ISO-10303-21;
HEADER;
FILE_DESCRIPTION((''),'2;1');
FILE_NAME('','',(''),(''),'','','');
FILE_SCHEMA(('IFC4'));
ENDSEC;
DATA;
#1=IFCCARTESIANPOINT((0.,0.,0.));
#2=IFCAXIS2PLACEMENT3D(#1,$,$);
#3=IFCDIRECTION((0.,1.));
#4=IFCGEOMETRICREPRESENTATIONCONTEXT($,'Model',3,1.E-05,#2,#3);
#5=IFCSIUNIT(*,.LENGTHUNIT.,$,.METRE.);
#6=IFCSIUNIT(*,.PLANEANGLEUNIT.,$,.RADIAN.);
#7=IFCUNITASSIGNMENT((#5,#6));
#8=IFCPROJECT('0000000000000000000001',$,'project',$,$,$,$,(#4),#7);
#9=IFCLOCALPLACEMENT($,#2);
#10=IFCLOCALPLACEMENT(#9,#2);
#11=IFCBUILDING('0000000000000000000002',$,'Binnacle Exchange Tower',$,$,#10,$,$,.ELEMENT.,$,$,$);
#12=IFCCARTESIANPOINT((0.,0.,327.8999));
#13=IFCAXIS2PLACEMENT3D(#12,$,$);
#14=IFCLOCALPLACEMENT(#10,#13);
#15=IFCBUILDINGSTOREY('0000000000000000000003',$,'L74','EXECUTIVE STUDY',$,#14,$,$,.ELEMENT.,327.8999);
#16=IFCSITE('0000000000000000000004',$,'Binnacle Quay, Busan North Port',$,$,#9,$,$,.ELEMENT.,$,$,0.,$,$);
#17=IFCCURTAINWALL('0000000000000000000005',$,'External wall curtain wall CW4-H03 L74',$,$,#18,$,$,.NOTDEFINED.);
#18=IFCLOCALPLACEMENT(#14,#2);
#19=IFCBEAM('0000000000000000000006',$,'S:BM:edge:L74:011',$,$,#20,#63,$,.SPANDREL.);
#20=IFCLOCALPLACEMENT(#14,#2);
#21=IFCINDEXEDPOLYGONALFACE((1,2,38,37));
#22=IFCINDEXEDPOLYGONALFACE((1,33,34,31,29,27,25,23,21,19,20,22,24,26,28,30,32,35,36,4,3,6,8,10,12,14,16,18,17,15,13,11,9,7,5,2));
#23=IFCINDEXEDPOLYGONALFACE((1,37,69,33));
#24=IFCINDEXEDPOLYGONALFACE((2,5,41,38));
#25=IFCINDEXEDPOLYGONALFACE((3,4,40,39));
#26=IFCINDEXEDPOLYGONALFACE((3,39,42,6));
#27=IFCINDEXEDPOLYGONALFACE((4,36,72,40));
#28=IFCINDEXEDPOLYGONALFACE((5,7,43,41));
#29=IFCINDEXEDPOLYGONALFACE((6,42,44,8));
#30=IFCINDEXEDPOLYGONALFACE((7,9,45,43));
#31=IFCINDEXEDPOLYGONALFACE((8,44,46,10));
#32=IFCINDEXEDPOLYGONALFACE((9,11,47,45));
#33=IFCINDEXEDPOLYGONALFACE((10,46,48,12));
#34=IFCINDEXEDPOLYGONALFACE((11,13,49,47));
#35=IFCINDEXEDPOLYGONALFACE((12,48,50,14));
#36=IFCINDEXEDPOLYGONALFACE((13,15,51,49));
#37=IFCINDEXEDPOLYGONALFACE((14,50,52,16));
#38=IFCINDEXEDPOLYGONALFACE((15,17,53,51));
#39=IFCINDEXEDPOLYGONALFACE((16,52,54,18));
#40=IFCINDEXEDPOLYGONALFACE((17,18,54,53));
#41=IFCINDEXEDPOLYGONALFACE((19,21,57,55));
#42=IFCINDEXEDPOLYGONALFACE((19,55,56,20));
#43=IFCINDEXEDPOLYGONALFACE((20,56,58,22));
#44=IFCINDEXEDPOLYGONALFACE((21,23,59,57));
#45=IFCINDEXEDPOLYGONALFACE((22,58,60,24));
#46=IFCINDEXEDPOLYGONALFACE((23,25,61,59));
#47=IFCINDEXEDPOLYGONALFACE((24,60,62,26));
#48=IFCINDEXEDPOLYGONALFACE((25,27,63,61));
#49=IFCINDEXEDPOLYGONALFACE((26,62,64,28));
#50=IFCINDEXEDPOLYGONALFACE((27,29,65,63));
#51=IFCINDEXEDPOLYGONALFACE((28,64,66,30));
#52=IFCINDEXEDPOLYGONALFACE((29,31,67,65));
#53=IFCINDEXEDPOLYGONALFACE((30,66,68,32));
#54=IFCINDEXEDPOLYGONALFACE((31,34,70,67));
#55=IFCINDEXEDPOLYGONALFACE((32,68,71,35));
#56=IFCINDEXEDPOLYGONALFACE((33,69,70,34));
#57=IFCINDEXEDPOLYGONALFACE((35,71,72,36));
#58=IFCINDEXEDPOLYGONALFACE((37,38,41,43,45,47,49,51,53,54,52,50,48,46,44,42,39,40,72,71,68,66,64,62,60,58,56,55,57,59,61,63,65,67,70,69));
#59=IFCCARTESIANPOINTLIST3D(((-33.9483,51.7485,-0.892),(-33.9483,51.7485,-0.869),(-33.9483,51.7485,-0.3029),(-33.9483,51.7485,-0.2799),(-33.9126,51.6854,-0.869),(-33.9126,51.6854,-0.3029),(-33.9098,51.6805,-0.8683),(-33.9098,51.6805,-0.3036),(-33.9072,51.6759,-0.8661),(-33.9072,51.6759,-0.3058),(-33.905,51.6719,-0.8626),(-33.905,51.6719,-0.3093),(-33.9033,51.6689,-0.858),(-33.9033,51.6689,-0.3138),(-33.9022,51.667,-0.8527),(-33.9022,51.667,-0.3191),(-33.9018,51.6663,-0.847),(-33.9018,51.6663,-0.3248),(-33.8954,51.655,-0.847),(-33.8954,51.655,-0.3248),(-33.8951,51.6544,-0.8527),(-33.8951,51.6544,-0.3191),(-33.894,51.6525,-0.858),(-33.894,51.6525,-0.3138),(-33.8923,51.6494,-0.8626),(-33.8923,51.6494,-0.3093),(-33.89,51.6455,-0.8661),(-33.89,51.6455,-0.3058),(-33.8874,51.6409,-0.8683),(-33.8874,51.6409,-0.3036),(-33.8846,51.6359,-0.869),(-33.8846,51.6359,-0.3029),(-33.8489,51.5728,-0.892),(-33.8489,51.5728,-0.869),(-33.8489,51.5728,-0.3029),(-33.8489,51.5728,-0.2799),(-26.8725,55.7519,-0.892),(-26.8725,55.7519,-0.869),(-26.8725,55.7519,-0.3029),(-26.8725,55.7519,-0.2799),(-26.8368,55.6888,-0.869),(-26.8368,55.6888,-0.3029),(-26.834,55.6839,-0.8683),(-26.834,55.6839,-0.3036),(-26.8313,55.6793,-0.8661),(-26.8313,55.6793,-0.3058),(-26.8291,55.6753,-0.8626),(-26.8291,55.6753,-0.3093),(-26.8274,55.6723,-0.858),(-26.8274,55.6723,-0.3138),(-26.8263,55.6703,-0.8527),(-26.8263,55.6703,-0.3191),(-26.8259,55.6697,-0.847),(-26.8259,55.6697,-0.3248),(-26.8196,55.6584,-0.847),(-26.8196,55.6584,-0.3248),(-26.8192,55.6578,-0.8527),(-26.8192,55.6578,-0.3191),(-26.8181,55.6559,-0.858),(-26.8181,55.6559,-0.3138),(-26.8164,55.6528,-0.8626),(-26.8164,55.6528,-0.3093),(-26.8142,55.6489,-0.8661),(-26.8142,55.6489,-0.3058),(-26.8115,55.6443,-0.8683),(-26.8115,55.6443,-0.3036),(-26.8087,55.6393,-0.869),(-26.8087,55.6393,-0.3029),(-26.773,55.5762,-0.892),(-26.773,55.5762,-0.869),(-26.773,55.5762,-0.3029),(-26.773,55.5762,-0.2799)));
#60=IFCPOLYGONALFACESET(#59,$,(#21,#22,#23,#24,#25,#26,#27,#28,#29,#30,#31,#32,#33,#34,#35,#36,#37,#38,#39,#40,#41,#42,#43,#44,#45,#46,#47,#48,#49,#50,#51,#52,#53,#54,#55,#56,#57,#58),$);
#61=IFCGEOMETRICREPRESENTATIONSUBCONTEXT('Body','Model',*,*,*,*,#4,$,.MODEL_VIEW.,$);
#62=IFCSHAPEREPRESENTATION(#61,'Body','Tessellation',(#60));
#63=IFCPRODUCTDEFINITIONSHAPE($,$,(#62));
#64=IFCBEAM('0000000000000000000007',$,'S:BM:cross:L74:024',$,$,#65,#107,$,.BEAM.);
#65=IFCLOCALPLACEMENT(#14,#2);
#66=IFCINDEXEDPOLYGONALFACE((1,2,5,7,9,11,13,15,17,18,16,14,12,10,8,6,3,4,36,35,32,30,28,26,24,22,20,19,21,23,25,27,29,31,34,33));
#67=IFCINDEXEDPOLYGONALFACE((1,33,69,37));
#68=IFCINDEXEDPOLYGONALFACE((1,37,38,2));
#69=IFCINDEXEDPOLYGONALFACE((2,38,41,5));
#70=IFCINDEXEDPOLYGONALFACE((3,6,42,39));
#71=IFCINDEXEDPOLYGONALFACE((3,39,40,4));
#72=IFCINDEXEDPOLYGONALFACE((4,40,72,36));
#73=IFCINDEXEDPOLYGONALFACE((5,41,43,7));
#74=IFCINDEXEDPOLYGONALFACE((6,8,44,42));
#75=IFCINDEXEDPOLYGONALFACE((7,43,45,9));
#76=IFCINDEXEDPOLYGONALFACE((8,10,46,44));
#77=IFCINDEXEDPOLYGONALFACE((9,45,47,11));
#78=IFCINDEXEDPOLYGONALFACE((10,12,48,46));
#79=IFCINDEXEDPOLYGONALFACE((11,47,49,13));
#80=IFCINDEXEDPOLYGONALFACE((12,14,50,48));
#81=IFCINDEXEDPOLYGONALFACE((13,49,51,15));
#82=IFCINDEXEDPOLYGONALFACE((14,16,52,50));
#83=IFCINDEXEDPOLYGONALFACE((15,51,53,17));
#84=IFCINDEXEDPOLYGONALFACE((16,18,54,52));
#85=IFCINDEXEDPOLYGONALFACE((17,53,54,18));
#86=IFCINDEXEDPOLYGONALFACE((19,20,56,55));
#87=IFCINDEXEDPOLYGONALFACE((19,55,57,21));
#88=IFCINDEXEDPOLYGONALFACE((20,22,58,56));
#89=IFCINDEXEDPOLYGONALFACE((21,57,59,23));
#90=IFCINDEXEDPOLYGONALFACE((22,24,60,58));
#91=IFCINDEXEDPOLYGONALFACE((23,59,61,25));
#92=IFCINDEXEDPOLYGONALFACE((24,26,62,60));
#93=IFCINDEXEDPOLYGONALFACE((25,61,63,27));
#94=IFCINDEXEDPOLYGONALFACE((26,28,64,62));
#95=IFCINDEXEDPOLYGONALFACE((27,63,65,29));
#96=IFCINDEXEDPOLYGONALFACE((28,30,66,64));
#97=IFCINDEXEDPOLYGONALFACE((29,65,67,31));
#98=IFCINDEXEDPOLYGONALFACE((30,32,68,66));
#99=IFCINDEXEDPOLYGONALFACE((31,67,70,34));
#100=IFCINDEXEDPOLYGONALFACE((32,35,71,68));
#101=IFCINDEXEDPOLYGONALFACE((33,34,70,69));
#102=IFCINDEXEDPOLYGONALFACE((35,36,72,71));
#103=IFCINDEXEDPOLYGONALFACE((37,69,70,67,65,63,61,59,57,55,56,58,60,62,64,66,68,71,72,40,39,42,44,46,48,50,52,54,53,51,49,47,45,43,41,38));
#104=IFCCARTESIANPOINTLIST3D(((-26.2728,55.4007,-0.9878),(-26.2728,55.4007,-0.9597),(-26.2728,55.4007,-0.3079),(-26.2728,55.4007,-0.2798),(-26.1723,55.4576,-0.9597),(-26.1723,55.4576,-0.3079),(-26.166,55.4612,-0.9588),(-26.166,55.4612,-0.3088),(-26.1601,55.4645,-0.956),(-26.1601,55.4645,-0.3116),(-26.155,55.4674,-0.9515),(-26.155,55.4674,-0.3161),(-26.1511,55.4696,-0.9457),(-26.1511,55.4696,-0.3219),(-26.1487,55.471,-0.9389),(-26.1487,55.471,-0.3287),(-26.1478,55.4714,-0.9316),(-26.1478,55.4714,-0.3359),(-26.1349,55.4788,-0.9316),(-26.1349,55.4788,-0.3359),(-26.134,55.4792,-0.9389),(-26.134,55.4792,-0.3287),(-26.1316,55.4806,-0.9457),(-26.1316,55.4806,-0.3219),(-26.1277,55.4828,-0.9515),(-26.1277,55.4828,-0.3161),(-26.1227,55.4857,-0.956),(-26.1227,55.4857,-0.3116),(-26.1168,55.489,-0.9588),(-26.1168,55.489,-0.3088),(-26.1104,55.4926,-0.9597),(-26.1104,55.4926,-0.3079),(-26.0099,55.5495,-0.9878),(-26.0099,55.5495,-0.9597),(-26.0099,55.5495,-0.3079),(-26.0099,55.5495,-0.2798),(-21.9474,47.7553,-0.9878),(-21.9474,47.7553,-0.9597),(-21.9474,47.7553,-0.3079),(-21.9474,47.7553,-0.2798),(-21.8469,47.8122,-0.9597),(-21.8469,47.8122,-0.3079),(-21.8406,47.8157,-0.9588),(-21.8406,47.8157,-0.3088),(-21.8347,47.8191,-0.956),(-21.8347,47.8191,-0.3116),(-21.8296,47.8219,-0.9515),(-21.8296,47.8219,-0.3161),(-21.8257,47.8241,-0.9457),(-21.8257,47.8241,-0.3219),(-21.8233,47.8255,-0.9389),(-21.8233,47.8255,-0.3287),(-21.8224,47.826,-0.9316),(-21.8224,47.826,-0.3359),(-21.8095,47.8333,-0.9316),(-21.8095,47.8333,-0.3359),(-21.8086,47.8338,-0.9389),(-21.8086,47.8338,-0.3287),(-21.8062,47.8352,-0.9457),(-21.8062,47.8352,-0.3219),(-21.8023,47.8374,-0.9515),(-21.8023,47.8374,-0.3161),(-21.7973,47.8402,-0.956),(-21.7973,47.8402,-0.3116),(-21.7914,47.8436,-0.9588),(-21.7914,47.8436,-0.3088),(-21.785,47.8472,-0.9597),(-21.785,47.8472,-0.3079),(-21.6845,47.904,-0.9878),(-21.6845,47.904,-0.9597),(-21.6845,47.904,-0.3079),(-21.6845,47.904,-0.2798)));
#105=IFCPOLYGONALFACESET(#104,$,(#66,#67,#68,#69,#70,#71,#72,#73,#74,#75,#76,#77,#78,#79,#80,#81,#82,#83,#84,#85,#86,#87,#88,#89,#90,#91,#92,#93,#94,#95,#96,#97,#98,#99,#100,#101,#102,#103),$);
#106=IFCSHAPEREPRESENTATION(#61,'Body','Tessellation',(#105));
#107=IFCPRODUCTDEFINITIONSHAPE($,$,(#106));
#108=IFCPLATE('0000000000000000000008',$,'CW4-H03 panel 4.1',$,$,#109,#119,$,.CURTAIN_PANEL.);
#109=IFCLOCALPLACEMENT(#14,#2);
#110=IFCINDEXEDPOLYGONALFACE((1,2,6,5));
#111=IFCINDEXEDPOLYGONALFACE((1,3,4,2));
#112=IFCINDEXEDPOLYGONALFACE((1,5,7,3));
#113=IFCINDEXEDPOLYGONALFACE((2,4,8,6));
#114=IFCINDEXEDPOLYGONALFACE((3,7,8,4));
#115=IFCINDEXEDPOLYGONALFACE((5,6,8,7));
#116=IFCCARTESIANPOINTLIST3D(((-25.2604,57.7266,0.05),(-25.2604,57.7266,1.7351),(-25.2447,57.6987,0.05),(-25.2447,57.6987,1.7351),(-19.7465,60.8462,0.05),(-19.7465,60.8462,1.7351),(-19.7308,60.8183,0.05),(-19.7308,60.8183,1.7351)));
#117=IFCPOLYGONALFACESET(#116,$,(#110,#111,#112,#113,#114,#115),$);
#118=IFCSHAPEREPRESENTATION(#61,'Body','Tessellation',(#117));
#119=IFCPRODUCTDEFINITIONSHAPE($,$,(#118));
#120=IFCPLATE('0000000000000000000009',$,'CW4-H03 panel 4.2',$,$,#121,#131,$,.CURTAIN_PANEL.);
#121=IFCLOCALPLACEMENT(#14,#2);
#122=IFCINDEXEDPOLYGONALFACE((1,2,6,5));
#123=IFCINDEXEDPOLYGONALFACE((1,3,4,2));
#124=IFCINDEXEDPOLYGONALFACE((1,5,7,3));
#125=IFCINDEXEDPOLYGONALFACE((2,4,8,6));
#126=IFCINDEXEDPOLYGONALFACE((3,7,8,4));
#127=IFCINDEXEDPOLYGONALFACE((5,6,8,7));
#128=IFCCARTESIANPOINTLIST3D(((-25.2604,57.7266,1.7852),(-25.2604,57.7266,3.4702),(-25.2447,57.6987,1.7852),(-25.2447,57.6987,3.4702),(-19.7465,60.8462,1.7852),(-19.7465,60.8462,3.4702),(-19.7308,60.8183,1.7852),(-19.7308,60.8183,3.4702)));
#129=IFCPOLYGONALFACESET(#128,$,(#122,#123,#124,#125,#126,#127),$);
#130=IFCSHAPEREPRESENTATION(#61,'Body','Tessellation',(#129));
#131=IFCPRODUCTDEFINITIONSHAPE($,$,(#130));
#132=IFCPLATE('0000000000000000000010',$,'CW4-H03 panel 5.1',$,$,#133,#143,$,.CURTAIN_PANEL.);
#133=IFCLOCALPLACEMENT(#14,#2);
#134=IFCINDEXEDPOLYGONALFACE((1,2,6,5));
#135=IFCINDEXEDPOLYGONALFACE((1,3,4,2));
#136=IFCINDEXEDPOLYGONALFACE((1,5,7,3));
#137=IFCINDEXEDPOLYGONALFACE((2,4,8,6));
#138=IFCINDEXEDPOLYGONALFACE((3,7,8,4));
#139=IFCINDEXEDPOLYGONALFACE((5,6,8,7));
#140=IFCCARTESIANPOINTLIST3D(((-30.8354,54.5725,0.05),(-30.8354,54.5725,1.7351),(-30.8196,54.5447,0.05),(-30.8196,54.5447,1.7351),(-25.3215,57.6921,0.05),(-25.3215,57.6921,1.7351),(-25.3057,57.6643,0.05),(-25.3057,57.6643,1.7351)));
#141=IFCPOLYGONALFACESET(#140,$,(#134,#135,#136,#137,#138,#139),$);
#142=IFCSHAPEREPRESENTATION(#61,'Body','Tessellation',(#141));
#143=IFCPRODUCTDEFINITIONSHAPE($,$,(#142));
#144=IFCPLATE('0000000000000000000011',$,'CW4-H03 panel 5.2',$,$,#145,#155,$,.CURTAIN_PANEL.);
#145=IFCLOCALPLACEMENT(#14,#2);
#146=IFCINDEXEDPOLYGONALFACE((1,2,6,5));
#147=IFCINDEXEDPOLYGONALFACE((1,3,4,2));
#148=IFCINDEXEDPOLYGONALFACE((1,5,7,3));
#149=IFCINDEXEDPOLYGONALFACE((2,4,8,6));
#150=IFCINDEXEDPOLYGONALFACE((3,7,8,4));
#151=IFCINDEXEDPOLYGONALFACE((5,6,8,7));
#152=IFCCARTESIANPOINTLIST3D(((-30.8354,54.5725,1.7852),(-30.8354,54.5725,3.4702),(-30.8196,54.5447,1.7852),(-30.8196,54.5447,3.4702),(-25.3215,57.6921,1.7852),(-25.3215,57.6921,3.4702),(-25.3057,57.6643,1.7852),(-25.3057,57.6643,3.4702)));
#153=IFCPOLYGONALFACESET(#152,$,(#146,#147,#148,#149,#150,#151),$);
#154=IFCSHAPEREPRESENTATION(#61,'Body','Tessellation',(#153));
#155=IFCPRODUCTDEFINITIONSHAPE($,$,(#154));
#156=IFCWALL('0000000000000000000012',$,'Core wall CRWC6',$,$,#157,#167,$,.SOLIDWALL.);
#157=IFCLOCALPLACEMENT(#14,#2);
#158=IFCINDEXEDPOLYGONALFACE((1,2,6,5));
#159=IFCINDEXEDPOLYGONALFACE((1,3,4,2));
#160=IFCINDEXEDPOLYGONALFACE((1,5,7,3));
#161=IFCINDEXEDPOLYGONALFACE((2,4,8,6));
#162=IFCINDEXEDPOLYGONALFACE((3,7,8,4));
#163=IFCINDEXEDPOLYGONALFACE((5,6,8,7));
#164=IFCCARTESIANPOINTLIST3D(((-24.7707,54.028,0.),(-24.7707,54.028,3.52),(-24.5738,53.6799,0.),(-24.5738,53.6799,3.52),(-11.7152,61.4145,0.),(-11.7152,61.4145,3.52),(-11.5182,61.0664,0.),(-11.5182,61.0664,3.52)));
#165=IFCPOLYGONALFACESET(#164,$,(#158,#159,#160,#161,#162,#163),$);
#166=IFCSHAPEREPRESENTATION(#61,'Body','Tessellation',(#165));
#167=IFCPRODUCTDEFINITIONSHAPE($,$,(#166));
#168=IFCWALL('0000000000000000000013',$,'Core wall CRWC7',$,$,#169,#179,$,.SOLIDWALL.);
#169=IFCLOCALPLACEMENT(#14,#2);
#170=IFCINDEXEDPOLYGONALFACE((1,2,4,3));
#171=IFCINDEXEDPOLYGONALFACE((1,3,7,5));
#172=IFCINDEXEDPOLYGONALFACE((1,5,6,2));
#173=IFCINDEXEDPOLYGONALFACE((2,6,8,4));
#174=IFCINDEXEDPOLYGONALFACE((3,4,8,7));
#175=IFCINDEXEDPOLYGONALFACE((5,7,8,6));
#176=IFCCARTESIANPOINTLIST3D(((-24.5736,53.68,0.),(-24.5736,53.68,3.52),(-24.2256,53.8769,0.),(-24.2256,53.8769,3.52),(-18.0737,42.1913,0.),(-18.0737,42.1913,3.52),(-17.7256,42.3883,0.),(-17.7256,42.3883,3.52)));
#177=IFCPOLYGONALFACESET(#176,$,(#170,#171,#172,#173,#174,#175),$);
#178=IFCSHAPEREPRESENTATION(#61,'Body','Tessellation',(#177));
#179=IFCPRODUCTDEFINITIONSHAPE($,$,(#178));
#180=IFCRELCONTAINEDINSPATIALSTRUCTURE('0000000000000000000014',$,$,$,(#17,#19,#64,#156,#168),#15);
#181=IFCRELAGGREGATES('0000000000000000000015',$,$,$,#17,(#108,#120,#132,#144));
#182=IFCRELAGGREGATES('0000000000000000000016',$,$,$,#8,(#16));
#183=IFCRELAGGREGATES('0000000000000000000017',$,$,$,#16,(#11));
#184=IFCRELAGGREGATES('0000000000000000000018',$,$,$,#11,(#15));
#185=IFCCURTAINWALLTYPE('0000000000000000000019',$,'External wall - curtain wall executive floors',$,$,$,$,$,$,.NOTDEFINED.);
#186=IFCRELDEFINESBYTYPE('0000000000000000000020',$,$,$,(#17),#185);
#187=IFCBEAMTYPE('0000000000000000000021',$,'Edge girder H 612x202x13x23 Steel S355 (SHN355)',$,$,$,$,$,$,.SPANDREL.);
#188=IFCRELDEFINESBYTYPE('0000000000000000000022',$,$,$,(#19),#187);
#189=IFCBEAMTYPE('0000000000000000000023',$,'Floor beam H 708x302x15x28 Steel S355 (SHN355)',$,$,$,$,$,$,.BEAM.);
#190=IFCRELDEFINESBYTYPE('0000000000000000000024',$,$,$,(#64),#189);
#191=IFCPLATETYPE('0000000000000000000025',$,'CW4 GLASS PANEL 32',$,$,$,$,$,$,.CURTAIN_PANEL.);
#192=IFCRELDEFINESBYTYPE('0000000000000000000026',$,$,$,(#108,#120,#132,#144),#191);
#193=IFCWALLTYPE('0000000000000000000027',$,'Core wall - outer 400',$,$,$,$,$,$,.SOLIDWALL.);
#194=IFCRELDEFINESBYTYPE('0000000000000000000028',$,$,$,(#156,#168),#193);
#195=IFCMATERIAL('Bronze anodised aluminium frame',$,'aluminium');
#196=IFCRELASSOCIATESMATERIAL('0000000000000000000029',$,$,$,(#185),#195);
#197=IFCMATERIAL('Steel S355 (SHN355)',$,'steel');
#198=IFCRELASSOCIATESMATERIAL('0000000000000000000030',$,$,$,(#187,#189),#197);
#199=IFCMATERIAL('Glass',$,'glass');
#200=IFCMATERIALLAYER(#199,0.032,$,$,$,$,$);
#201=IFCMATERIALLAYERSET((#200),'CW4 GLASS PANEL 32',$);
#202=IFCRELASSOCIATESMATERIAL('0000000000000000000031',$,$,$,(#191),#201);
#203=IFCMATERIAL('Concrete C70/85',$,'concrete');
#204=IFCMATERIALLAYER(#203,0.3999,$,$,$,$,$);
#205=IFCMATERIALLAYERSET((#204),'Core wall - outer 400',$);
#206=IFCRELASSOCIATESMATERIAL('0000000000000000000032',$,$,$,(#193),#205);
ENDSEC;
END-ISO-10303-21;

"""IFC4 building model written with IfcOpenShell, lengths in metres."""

from ifc_helpers import new_model, si_unit, direction, frame, frame_2d, origin, origin_2d, place, context, subcontext, project, spatial, rectangle, i_section, extrude, material, layer, layer_set, material_profile, profile_set, type_object, element, aggregate, save


model = new_model("IFC4")

# Units and contexts
model_context = context("Model", 3, precision=1e-05, world=origin(), true_north=direction((0.0, 1.0)))
body_context = subcontext(model_context, "Body", "Model", "MODEL_VIEW")
ifc_project = project(units=[si_unit("LENGTHUNIT", "METRE"), si_unit("PLANEANGLEUNIT", "RADIAN")], contexts=[model_context])

# Site, building, storey
site_placement = place(None, origin())
site = spatial("IfcSite", under=ifc_project, at=site_placement, Name="Binnacle Quay, Busan North Port", CompositionType="ELEMENT", RefElevation=0.0)
building_placement = place(site_placement, origin())
building = spatial("IfcBuilding", under=site, at=building_placement, Name="Binnacle Exchange Tower", CompositionType="ELEMENT")
storey_placement = place(building_placement, frame((0.0, 0.0, 327.8999)))
storey = spatial("IfcBuildingStorey", under=building, at=storey_placement, Name="L74", Description="EXECUTIVE STUDY", CompositionType="ELEMENT", Elevation=327.8999)

# Curtain wall
ifc_material_1 = material(Name="Bronze anodised aluminium frame", Category="aluminium")
curtain_wall_type = type_object("IfcCurtainWallType", Name="External wall - curtain wall executive floors", PredefinedType="NOTDEFINED", material=ifc_material_1)
curtain_wall_placement = place(storey_placement, origin())
curtain_wall = element("IfcCurtainWall", 1, at=curtain_wall_placement, inside=storey, type_object=curtain_wall_type, Name="External wall curtain wall CW4-H03 L74", PredefinedType="NOTDEFINED")

# Beams
ifc_material_2 = material(Name="Steel S355 (SHN355)", Category="steel")
ifc_material_profile_1 = material_profile(ifc_material_2, i_section(OverallWidth=0.2019, OverallDepth=0.6121, WebThickness=0.0129, FlangeThickness=0.0229, FilletRadius=0.022, at=origin_2d()), Name="H 612x202x13x23")
ifc_profile_set_1 = profile_set([ifc_material_profile_1], Name="Steel S355 (SHN355)")
beam_type_1 = type_object("IfcBeamType", Name="Edge girder H 612x202x13x23 Steel S355 (SHN355)", PredefinedType="SPANDREL", material=ifc_profile_set_1)
beam_1_placement = place(storey_placement, frame((-26.8228, 55.6641, -0.5859), z_axis=(-0.870353, -0.492428, 0.0), x_axis=(0.492428, -0.870353, 0.0)))
element("IfcBeam", 2, at=beam_1_placement, inside=storey, type_object=beam_type_1, Name="S:BM:edge:L74:011", PredefinedType="SPANDREL", context=body_context, shape_type="SweptSolid", body=[
    extrude(i_section(OverallWidth=0.2019, OverallDepth=0.6121, WebThickness=0.0129, FlangeThickness=0.0229, FilletRadius=0.022, at=origin_2d()), origin(), (0.0, 0.0, 1.0), 8.1299),
])
ifc_material_profile_2 = material_profile(ifc_material_2, i_section(OverallWidth=0.302, OverallDepth=0.708, WebThickness=0.0149, FlangeThickness=0.0281, FilletRadius=0.0281, at=origin_2d()), Name="H 708x302x15x28")
ifc_profile_set_2 = profile_set([ifc_material_profile_2], Name="Steel S355 (SHN355)")
beam_type_2 = type_object("IfcBeamType", Name="Floor beam H 708x302x15x28 Steel S355 (SHN355)", PredefinedType="BEAM", material=ifc_profile_set_2)
beam_2_placement = place(storey_placement, frame((-26.1414, 55.4751, -0.6338), z_axis=(0.492408, -0.870365, 0.0), x_axis=(0.870365, 0.492408, 0.0)))
element("IfcBeam", 3, at=beam_2_placement, inside=storey, type_object=beam_type_2, Name="S:BM:cross:L74:024", PredefinedType="BEAM", context=body_context, shape_type="SweptSolid", body=[
    extrude(i_section(OverallWidth=0.302, OverallDepth=0.708, WebThickness=0.0149, FlangeThickness=0.0281, FilletRadius=0.0281, at=origin_2d()), origin(), (0.0, 0.0, 1.0), 8.7842),
])

# Plates
ifc_material_3 = material(Name="Glass", Category="glass")
ifc_layer_1 = layer(ifc_material_3, 0.032)
ifc_layer_set_1 = layer_set([ifc_layer_1], Name="CW4 GLASS PANEL 32")
plate_type = type_object("IfcPlateType", Name="CW4 GLASS PANEL 32", PredefinedType="CURTAIN_PANEL", material=ifc_layer_set_1)
plate_1_placement = place(storey_placement, frame((-22.4956, 59.2725, 0.05), z_axis=(0.0, 0.0, 1.0), x_axis=(-0.870356, -0.492424, 0.0)))
plate_1 = element("IfcPlate", 4, at=plate_1_placement, type_object=plate_type, Name="CW4-H03 panel 4.1", PredefinedType="CURTAIN_PANEL", context=body_context, shape_type="SweptSolid", body=[
    extrude(rectangle(XDim=6.3352, YDim=0.032, at=origin_2d()), origin(), (0.0, 0.0, 1.0), 1.6851),
])
plate_2_placement = place(storey_placement, frame((-22.4956, 59.2725, 1.7852), z_axis=(0.0, 0.0, 1.0), x_axis=(-0.870356, -0.492424, 0.0)))
plate_2 = element("IfcPlate", 5, at=plate_2_placement, type_object=plate_type, Name="CW4-H03 panel 4.2", PredefinedType="CURTAIN_PANEL", context=body_context, shape_type="SweptSolid", body=[
    extrude(rectangle(XDim=6.3352, YDim=0.032, at=origin_2d()), origin(), (0.0, 0.0, 1.0), 1.6851),
])
plate_3_placement = place(storey_placement, frame((-28.0706, 56.1184, 0.05), z_axis=(0.0, 0.0, 1.0), x_axis=(-0.870356, -0.492424, 0.0)))
plate_3 = element("IfcPlate", 6, at=plate_3_placement, type_object=plate_type, Name="CW4-H03 panel 5.1", PredefinedType="CURTAIN_PANEL", context=body_context, shape_type="SweptSolid", body=[
    extrude(rectangle(XDim=6.3352, YDim=0.032, at=origin_2d()), origin(), (0.0, 0.0, 1.0), 1.6851),
])
plate_4_placement = place(storey_placement, frame((-28.0706, 56.1184, 1.7852), z_axis=(0.0, 0.0, 1.0), x_axis=(-0.870356, -0.492424, 0.0)))
plate_4 = element("IfcPlate", 7, at=plate_4_placement, type_object=plate_type, Name="CW4-H03 panel 5.2", PredefinedType="CURTAIN_PANEL", context=body_context, shape_type="SweptSolid", body=[
    extrude(rectangle(XDim=6.3352, YDim=0.032, at=origin_2d()), origin(), (0.0, 0.0, 1.0), 1.6851),
])
aggregate(curtain_wall, [plate_1, plate_2, plate_3, plate_4])

# Walls
ifc_material_4 = material(Name="Concrete C70/85", Category="concrete")
ifc_layer_2 = layer(ifc_material_4, 0.3999)
ifc_layer_set_2 = layer_set([ifc_layer_2], Name="Core wall - outer 400")
wall_type_1 = type_object("IfcWallType", Name="Core wall - outer 400", PredefinedType="SOLIDWALL", material=ifc_layer_set_2)
wall_1_placement = place(storey_placement, frame((-24.6721, 53.854, 0.0), z_axis=(0.0, 0.0, 1.0), x_axis=(0.870354, 0.492427, 0.0)))
element("IfcWall", 8, at=wall_1_placement, inside=storey, type_object=wall_type_1, Name="Core wall CRWC6", PredefinedType="SOLIDWALL", context=body_context, shape_type="SweptSolid", body=[
    extrude(rectangle(XDim=15.0002, YDim=0.3999, at=frame_2d((7.5, 0.0))), origin(), (0.0, 0.0, 1.0), 3.52),
])
wall_2_placement = place(storey_placement, frame((-24.3997, 53.7786, 0.0), z_axis=(0.0, 0.0, 1.0), x_axis=(0.492422, -0.870357, 0.0)))
element("IfcWall", 9, at=wall_2_placement, inside=storey, type_object=wall_type_1, Name="Core wall CRWC7", PredefinedType="SOLIDWALL", context=body_context, shape_type="SweptSolid", body=[
    extrude(rectangle(XDim=13.2, YDim=0.3999, at=frame_2d((6.6001, 0.0))), origin(), (0.0, 0.0, 1.0), 3.52),
])

save(model, "model.ifc")
